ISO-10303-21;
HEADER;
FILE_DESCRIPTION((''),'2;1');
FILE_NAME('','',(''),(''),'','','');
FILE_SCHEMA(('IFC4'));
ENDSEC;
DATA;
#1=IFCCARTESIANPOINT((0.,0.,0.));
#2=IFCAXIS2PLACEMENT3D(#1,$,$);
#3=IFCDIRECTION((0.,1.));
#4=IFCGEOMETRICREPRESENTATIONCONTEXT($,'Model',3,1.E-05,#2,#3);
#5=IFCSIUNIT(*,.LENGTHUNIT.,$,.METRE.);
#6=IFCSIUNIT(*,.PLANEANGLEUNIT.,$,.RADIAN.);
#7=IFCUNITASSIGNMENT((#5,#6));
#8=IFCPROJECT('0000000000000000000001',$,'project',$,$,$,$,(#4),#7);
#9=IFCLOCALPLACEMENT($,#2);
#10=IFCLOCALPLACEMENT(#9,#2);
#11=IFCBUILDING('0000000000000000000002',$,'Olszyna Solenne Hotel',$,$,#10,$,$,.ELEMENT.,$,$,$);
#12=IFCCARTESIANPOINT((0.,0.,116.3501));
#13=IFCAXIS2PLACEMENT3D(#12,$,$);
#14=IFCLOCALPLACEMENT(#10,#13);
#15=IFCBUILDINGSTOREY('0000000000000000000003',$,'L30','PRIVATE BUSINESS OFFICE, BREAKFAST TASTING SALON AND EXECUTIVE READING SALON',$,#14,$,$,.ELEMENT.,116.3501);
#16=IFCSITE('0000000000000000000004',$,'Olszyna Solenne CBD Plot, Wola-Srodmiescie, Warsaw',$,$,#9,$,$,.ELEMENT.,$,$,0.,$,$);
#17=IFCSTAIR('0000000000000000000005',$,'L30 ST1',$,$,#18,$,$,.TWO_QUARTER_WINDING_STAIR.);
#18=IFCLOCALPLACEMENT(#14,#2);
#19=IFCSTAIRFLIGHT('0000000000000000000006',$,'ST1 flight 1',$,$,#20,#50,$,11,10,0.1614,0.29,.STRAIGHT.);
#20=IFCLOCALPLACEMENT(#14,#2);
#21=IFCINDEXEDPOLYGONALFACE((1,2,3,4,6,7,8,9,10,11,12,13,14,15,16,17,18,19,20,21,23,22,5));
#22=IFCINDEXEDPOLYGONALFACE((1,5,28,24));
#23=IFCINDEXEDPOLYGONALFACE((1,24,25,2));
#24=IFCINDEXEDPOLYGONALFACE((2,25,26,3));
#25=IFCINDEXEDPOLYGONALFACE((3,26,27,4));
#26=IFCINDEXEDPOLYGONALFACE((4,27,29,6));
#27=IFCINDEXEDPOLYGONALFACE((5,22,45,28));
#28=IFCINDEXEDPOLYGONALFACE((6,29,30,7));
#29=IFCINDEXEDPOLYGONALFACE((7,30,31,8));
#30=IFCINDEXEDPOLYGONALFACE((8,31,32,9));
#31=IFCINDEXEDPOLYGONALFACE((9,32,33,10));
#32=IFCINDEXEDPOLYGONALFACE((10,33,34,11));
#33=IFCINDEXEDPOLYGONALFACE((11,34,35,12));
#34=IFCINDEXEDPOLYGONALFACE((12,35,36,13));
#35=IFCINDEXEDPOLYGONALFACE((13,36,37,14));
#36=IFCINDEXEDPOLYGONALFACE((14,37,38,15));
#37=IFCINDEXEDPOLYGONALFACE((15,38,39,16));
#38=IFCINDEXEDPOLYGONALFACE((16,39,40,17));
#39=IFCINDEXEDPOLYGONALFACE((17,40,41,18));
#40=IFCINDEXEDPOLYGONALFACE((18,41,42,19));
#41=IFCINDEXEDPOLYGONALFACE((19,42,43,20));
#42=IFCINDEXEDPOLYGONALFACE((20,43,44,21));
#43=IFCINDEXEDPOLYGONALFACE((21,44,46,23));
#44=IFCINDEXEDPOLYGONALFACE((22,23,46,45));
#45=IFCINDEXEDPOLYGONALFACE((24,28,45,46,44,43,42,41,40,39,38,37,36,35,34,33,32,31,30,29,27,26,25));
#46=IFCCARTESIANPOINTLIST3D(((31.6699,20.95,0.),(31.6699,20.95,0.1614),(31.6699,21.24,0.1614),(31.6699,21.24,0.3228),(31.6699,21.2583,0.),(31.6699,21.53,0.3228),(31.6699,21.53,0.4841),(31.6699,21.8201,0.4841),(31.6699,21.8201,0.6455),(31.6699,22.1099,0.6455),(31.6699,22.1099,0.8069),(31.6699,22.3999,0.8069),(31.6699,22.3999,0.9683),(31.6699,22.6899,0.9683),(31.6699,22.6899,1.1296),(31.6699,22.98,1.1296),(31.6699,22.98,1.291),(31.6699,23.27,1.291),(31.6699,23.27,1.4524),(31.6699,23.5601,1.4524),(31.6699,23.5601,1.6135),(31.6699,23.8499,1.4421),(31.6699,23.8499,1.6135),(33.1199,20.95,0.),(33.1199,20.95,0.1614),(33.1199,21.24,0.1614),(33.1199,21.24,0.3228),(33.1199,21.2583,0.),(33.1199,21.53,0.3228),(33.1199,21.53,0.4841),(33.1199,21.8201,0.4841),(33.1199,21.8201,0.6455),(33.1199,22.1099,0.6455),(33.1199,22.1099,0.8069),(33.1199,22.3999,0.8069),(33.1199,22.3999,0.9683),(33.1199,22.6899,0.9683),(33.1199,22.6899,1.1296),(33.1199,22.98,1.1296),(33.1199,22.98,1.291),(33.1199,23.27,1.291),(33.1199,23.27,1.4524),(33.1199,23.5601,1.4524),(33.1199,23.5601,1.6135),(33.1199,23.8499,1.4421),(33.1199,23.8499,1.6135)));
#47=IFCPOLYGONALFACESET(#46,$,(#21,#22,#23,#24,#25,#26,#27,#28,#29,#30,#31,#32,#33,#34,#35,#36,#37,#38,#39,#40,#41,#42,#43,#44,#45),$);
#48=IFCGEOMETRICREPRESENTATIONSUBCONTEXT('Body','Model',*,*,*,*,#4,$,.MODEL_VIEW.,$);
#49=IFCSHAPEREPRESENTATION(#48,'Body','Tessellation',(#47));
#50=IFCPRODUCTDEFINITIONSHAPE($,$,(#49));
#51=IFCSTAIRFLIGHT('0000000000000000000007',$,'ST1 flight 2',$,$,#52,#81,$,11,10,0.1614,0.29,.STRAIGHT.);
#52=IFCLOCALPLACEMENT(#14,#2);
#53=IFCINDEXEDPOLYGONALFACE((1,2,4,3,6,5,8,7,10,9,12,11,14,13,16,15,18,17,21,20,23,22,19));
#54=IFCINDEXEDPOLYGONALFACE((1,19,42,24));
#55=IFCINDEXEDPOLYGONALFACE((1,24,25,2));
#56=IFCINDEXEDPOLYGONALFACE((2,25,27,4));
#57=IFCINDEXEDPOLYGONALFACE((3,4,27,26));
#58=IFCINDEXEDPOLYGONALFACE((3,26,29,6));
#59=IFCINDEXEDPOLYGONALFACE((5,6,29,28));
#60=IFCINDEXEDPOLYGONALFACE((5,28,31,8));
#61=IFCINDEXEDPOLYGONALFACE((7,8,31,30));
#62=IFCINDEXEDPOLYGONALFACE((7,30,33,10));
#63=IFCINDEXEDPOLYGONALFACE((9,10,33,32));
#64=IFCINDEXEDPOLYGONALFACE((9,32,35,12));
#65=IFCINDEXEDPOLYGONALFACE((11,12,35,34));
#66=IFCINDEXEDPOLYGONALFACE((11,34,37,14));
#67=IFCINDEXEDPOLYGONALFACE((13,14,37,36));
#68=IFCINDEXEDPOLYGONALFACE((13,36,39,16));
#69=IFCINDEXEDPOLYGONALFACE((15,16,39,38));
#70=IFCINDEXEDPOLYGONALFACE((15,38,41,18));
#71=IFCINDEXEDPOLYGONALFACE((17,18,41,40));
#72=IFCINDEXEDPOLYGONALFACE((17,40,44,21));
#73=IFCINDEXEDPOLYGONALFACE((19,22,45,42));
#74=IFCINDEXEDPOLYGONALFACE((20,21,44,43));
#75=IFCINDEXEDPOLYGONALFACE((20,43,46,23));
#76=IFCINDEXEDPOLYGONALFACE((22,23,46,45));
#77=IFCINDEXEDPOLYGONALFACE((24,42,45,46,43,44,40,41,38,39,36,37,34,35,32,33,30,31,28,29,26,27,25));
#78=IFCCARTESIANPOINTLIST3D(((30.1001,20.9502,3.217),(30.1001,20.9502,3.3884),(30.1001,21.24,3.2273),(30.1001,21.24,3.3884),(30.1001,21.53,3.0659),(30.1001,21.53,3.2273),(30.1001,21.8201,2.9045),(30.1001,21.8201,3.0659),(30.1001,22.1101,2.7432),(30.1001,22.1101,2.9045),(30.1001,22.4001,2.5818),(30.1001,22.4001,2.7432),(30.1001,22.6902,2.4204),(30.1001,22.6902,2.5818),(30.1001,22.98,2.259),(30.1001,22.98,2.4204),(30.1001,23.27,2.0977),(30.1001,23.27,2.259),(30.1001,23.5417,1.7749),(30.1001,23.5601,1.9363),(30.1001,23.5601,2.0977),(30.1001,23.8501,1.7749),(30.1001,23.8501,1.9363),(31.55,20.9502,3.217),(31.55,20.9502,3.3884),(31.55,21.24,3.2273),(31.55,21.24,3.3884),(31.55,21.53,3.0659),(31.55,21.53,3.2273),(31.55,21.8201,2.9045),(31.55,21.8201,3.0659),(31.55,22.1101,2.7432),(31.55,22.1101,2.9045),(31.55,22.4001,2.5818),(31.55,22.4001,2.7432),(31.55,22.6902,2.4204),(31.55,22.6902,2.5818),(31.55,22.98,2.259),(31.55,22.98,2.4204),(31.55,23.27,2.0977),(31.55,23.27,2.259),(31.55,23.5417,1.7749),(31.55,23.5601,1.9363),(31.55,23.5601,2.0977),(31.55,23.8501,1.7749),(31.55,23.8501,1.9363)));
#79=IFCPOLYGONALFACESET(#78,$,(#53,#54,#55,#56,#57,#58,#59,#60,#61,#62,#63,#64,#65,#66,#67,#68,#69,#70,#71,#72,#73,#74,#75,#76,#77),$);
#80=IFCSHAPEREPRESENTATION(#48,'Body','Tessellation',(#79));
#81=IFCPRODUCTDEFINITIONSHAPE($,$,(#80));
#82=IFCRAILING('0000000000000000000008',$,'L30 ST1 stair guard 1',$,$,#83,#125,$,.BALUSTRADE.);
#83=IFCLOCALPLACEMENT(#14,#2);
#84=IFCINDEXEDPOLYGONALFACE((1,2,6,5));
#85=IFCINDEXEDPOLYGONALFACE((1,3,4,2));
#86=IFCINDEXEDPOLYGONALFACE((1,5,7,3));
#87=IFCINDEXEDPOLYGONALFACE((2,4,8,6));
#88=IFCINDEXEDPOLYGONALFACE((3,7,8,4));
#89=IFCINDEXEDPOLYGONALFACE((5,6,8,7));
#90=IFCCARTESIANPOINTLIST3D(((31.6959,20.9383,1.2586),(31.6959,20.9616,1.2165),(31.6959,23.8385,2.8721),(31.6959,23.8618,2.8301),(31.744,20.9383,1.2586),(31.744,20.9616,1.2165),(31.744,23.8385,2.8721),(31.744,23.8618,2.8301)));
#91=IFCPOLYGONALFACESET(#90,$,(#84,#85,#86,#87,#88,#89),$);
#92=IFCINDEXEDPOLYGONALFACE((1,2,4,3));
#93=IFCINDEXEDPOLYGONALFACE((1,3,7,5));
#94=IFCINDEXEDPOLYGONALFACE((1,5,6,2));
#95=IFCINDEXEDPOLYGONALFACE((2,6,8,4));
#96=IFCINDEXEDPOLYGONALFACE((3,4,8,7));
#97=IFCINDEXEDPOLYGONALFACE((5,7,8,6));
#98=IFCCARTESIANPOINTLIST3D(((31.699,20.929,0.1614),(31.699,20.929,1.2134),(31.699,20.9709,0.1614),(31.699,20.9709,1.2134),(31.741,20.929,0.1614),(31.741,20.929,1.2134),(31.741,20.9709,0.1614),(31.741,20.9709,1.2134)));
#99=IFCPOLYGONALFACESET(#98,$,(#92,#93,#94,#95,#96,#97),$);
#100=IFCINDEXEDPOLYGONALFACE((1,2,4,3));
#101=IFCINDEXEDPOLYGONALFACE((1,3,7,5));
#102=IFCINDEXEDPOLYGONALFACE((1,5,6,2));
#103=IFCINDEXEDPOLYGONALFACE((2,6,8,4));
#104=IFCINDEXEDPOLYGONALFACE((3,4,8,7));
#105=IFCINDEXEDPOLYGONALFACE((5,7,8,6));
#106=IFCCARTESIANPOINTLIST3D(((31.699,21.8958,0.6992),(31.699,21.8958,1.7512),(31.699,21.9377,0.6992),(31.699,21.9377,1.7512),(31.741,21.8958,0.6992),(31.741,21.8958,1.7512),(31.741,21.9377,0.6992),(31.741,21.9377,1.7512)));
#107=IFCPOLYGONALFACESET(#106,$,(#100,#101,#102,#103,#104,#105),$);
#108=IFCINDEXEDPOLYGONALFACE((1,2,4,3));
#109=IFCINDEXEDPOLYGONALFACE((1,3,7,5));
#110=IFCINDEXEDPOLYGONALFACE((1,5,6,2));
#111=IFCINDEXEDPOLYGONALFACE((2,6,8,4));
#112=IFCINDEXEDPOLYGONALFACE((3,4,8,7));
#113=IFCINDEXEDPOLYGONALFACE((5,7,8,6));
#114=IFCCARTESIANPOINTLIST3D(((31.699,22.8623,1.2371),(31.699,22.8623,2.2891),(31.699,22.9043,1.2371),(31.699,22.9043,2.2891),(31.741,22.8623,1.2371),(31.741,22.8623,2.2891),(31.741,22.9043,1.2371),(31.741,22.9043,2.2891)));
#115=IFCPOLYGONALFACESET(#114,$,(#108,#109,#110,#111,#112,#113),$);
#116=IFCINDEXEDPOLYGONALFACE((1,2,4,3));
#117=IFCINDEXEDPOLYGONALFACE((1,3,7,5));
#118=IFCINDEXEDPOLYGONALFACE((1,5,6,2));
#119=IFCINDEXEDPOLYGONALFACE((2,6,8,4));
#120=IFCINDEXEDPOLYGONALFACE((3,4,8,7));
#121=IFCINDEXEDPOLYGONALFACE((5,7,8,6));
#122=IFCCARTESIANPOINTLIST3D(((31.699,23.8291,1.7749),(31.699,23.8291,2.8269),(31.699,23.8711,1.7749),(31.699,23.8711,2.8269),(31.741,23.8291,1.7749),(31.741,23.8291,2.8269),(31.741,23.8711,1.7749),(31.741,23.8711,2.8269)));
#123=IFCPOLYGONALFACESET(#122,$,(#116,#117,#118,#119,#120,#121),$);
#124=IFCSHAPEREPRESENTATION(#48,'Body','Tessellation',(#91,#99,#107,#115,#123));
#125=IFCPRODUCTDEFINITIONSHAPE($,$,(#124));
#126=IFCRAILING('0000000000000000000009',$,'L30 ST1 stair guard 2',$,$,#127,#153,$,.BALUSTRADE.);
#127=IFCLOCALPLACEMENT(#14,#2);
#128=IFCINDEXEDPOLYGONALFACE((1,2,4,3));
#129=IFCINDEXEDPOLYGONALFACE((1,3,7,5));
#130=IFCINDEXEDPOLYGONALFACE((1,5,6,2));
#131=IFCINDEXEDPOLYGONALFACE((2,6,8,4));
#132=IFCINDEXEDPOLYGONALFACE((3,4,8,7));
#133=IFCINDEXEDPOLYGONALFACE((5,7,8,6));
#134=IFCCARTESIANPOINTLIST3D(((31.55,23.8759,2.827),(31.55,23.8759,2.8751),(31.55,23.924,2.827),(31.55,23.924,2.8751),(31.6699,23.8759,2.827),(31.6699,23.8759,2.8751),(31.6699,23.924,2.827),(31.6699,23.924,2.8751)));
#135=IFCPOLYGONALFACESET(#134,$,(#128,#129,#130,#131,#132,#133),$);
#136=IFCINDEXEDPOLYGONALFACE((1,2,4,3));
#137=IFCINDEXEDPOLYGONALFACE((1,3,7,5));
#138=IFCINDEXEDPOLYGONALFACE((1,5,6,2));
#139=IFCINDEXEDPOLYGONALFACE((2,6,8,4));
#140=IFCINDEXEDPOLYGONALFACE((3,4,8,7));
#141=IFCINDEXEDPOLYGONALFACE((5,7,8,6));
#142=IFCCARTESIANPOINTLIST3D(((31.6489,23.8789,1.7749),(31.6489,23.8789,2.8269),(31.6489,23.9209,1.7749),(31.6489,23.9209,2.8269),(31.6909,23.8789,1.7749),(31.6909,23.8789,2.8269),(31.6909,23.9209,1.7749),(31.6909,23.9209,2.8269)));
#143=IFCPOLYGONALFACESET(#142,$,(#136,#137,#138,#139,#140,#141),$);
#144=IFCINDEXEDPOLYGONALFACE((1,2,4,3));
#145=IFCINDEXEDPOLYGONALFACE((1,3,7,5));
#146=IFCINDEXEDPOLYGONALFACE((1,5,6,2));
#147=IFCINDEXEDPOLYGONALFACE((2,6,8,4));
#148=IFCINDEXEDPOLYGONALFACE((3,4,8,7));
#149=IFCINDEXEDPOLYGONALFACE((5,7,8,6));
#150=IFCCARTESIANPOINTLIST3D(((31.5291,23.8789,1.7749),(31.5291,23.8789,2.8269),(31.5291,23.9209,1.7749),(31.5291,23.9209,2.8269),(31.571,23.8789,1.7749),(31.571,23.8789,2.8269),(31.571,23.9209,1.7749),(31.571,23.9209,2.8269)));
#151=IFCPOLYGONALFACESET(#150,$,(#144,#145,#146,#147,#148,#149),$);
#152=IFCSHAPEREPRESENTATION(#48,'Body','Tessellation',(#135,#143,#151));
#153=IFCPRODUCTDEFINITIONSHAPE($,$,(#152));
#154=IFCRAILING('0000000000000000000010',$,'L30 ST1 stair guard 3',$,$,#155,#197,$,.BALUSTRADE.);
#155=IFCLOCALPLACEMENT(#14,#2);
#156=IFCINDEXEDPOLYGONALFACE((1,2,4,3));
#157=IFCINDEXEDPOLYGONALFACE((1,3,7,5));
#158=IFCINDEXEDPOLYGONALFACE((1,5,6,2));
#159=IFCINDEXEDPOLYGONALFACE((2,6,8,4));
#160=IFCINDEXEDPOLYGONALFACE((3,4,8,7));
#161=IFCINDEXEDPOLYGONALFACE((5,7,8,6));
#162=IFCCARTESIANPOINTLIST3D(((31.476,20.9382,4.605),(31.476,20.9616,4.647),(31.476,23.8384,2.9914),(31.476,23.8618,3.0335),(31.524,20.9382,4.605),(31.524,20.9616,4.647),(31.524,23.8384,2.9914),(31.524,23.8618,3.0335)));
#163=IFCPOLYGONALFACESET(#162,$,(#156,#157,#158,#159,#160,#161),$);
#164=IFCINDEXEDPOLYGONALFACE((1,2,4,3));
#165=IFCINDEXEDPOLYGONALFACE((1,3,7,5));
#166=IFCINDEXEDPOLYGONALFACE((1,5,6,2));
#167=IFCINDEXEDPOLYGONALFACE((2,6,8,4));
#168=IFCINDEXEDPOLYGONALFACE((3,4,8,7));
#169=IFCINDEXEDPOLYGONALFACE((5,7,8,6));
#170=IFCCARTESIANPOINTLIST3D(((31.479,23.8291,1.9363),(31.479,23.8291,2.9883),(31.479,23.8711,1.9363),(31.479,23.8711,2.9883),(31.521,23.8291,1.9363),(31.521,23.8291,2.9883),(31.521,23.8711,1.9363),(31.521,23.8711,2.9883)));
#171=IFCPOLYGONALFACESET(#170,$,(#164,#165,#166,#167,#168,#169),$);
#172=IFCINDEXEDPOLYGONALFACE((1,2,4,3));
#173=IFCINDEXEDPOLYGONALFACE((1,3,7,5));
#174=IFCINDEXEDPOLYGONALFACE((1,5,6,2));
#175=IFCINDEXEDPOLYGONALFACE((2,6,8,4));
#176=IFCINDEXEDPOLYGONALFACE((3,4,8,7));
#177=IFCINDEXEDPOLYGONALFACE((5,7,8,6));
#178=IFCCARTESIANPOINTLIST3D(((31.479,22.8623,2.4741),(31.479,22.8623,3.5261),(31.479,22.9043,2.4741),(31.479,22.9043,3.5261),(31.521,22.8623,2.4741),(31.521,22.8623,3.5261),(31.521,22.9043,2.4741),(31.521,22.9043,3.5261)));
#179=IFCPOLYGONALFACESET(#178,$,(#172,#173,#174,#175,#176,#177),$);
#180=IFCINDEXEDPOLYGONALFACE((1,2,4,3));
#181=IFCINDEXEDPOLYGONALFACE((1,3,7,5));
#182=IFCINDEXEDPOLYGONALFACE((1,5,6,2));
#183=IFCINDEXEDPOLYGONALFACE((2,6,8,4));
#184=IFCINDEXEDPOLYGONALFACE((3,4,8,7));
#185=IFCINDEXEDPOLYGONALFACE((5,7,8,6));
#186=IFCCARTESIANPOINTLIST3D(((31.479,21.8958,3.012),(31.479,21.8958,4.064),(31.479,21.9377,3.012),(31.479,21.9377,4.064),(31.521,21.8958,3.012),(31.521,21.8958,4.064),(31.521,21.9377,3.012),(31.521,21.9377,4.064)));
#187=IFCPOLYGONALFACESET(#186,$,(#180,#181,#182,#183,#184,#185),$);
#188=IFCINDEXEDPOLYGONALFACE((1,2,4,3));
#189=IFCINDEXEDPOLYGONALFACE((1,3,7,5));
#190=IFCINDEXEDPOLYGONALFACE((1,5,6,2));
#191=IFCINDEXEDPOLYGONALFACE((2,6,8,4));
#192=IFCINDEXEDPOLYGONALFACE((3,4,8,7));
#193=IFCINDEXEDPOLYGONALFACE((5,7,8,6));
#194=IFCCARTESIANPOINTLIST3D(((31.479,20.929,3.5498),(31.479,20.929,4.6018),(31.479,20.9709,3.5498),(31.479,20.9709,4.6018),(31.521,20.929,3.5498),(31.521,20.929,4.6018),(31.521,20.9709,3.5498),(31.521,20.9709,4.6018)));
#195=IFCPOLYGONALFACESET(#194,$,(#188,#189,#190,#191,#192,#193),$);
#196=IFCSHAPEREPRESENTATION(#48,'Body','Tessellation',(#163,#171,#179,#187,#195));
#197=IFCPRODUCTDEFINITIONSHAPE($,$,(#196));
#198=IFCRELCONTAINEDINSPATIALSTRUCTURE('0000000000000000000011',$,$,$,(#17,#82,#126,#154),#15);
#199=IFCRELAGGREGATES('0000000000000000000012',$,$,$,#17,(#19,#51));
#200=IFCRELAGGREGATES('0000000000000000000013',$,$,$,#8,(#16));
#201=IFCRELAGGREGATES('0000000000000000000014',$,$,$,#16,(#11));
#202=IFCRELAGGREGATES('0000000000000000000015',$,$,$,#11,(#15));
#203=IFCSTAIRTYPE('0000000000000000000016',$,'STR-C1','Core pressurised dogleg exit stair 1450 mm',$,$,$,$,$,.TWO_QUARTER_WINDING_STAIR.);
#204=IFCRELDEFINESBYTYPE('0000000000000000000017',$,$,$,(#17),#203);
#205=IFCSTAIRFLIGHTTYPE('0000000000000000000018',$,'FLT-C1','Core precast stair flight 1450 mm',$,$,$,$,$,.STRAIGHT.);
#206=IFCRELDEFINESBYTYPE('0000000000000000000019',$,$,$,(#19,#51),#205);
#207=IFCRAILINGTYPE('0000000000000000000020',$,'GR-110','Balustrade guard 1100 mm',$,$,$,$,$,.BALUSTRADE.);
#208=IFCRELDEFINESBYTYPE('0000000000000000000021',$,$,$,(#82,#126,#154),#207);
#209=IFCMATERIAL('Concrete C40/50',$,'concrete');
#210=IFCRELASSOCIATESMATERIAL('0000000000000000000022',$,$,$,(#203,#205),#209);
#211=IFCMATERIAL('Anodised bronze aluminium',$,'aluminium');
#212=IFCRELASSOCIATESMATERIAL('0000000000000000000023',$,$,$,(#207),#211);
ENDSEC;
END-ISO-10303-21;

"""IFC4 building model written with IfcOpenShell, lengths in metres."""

from ifc_helpers import new_model, si_unit, direction, frame, origin, origin_2d, place, context, subcontext, project, spatial, polyline, rectangle, outline, extrude, material, type_object, element, aggregate, save


model = new_model("IFC4")

# Units and contexts
model_context = context("Model", 3, precision=1e-05, world=origin(), true_north=direction((0.0, 1.0)))
body_context = subcontext(model_context, "Body", "Model", "MODEL_VIEW")
ifc_project = project(units=[si_unit("LENGTHUNIT", "METRE"), si_unit("PLANEANGLEUNIT", "RADIAN")], contexts=[model_context])

# Site, building, storey
site_placement = place(None, origin())
site = spatial("IfcSite", under=ifc_project, at=site_placement, Name="Olszyna Solenne CBD Plot, Wola-Srodmiescie, Warsaw", CompositionType="ELEMENT", RefElevation=0.0)
building_placement = place(site_placement, origin())
building = spatial("IfcBuilding", under=site, at=building_placement, Name="Olszyna Solenne Hotel", CompositionType="ELEMENT")
storey_placement = place(building_placement, frame((0.0, 0.0, 116.3501)))
storey = spatial("IfcBuildingStorey", under=building, at=storey_placement, Name="L30", Description="PRIVATE BUSINESS OFFICE, BREAKFAST TASTING SALON AND EXECUTIVE READING SALON", CompositionType="ELEMENT", Elevation=116.3501)

# Shared definitions
ifc_material_1 = material(Name="Anodised bronze aluminium", Category="aluminium")

# Stair, stair flights
ifc_material_2 = material(Name="Concrete C40/50", Category="concrete")
stair_type = type_object("IfcStairType", Name="STR-C1", Description="Core pressurised dogleg exit stair 1450 mm", PredefinedType="TWO_QUARTER_WINDING_STAIR", material=ifc_material_2)
stair_placement = place(storey_placement, origin())
stair = element("IfcStair", 1, at=stair_placement, inside=storey, type_object=stair_type, Name="L30 ST1", PredefinedType="TWO_QUARTER_WINDING_STAIR")
stair_flight_type = type_object("IfcStairFlightType", Name="FLT-C1", Description="Core precast stair flight 1450 mm", PredefinedType="STRAIGHT", material=ifc_material_2)
stair_flight_1_placement = place(storey_placement, frame((32.395, 20.95, 0.0), z_axis=(0.0, 0.0, 1.0), x_axis=(0.0, 1.0, 0.0)))
stair_flight_1 = element("IfcStairFlight", 2, at=stair_flight_1_placement, type_object=stair_flight_type, Name="ST1 flight 1", NumberOfRisers=11, NumberOfTreads=10, PredefinedType="STRAIGHT", RiserHeight=0.1614, TreadLength=0.29, context=body_context, shape_type="SweptSolid", body=[
    extrude(outline(polyline([(0.0, 0.0), (0.0, 0.1614), (0.29, 0.1614), (0.29, 0.3228), (0.5801, 0.3228), (0.5801, 0.4841), (0.8701, 0.4841), (0.8701, 0.6455), (1.1599, 0.6455), (1.1599, 0.8069), (1.45, 0.8069), (1.45, 0.9683), (1.74, 0.9683), (1.74, 1.1296), (2.03, 1.1296), (2.03, 1.291), (2.3201, 1.291), (2.3201, 1.4524), (2.6101, 1.4524), (2.6101, 1.6135), (2.8999, 1.6135), (2.8999, 1.7749), (2.8999, 1.4421), (0.3083, 0.0), (0.0, 0.0)])), frame((0.0, 0.7251, 0.0), z_axis=(0.0, -1.0, 0.0), x_axis=(1.0, 0.0, 0.0)), (0.0, 0.0, 1.0), 1.45),
])
stair_flight_2_placement = place(storey_placement, frame((30.825, 23.8501, 1.7749), z_axis=(0.0, 0.0, 1.0), x_axis=(0.0, -1.0, 0.0)))
stair_flight_2 = element("IfcStairFlight", 3, at=stair_flight_2_placement, type_object=stair_flight_type, Name="ST1 flight 2", NumberOfRisers=11, NumberOfTreads=10, PredefinedType="STRAIGHT", RiserHeight=0.1614, TreadLength=0.29, context=body_context, shape_type="SweptSolid", body=[
    extrude(outline(polyline([(0.0, 0.0), (0.0, 0.1614), (0.29, 0.1614), (0.29, 0.3228), (0.5801, 0.3228), (0.5801, 0.4841), (0.8701, 0.4841), (0.8701, 0.6455), (1.1599, 0.6455), (1.1599, 0.8069), (1.45, 0.8069), (1.45, 0.9683), (1.74, 0.9683), (1.74, 1.1296), (2.03, 1.1296), (2.03, 1.291), (2.3201, 1.291), (2.3201, 1.4524), (2.6101, 1.4524), (2.6101, 1.6135), (2.8999, 1.6135), (2.8999, 1.7749), (2.8999, 1.4421), (0.3083, 0.0), (0.0, 0.0)])), frame((0.0, 0.7251, 0.0), z_axis=(0.0, -1.0, 0.0), x_axis=(1.0, 0.0, 0.0)), (0.0, 0.0, 1.0), 1.45),
])
aggregate(stair, [stair_flight_1, stair_flight_2])

# Railings
railing_type_1 = type_object("IfcRailingType", Name="GR-110", Description="Balustrade guard 1100 mm", PredefinedType="BALUSTRADE", material=ifc_material_1)
railing_1_placement = place(storey_placement, frame((31.72, 20.95, 0.1614)))
element("IfcRailing", 4, at=railing_1_placement, inside=storey, type_object=railing_type_1, Name="L30 ST1 stair guard 1", PredefinedType="BALUSTRADE", context=body_context, shape_type="SweptSolid", body=[
    extrude(rectangle(XDim=0.0481, YDim=0.0481, at=origin_2d()), frame((0.0, 0.0, 1.0762), z_axis=(0.0, 0.873859, 0.48618), x_axis=(-1.0, 0.0, 0.0)), (0.0, 0.0, 1.0), 3.3188),
    extrude(rectangle(XDim=0.042, YDim=0.042, at=origin_2d()), origin(), (0.0, 0.0, 1.0), 1.052),
    extrude(rectangle(XDim=0.042, YDim=0.042, at=origin_2d()), frame((0.0, 0.9668, 0.5378)), (0.0, 0.0, 1.0), 1.052),
    extrude(rectangle(XDim=0.042, YDim=0.042, at=origin_2d()), frame((0.0, 1.9333, 1.0757)), (0.0, 0.0, 1.0), 1.052),
    extrude(rectangle(XDim=0.042, YDim=0.042, at=origin_2d()), frame((0.0, 2.9001, 1.6135)), (0.0, 0.0, 1.0), 1.052),
])
railing_2_placement = place(storey_placement, frame((31.6699, 23.8999, 1.7749)))
element("IfcRailing", 5, at=railing_2_placement, inside=storey, type_object=railing_type_1, Name="L30 ST1 stair guard 2", PredefinedType="BALUSTRADE", context=body_context, shape_type="SweptSolid", body=[
    extrude(rectangle(XDim=0.0481, YDim=0.0481, at=origin_2d()), frame((0.0, 0.0, 1.0762), z_axis=(-1.0, 0.0, 0.0), x_axis=(0.0, -1.0, 0.0)), (0.0, 0.0, 1.0), 0.1199),
    extrude(rectangle(XDim=0.042, YDim=0.042, at=origin_2d()), origin(), (0.0, 0.0, 1.0), 1.052),
    extrude(rectangle(XDim=0.042, YDim=0.042, at=origin_2d()), frame((-0.1199, 0.0, 0.0)), (0.0, 0.0, 1.0), 1.052),
])
railing_3_placement = place(storey_placement, frame((31.5, 23.8501, 1.9363)))
element("IfcRailing", 6, at=railing_3_placement, inside=storey, type_object=railing_type_1, Name="L30 ST1 stair guard 3", PredefinedType="BALUSTRADE", context=body_context, shape_type="SweptSolid", body=[
    extrude(rectangle(XDim=0.0481, YDim=0.0481, at=origin_2d()), frame((0.0, 0.0, 1.0762), z_axis=(0.0, -0.873859, 0.48618), x_axis=(1.0, 0.0, 0.0)), (0.0, 0.0, 1.0), 3.3188),
    extrude(rectangle(XDim=0.042, YDim=0.042, at=origin_2d()), origin(), (0.0, 0.0, 1.0), 1.052),
    extrude(rectangle(XDim=0.042, YDim=0.042, at=origin_2d()), frame((0.0, -0.9668, 0.5378)), (0.0, 0.0, 1.0), 1.052),
    extrude(rectangle(XDim=0.042, YDim=0.042, at=origin_2d()), frame((0.0, -1.9333, 1.0757)), (0.0, 0.0, 1.0), 1.052),
    extrude(rectangle(XDim=0.042, YDim=0.042, at=origin_2d()), frame((0.0, -2.9001, 1.6135)), (0.0, 0.0, 1.0), 1.052),
])

save(model, "model.ifc")
